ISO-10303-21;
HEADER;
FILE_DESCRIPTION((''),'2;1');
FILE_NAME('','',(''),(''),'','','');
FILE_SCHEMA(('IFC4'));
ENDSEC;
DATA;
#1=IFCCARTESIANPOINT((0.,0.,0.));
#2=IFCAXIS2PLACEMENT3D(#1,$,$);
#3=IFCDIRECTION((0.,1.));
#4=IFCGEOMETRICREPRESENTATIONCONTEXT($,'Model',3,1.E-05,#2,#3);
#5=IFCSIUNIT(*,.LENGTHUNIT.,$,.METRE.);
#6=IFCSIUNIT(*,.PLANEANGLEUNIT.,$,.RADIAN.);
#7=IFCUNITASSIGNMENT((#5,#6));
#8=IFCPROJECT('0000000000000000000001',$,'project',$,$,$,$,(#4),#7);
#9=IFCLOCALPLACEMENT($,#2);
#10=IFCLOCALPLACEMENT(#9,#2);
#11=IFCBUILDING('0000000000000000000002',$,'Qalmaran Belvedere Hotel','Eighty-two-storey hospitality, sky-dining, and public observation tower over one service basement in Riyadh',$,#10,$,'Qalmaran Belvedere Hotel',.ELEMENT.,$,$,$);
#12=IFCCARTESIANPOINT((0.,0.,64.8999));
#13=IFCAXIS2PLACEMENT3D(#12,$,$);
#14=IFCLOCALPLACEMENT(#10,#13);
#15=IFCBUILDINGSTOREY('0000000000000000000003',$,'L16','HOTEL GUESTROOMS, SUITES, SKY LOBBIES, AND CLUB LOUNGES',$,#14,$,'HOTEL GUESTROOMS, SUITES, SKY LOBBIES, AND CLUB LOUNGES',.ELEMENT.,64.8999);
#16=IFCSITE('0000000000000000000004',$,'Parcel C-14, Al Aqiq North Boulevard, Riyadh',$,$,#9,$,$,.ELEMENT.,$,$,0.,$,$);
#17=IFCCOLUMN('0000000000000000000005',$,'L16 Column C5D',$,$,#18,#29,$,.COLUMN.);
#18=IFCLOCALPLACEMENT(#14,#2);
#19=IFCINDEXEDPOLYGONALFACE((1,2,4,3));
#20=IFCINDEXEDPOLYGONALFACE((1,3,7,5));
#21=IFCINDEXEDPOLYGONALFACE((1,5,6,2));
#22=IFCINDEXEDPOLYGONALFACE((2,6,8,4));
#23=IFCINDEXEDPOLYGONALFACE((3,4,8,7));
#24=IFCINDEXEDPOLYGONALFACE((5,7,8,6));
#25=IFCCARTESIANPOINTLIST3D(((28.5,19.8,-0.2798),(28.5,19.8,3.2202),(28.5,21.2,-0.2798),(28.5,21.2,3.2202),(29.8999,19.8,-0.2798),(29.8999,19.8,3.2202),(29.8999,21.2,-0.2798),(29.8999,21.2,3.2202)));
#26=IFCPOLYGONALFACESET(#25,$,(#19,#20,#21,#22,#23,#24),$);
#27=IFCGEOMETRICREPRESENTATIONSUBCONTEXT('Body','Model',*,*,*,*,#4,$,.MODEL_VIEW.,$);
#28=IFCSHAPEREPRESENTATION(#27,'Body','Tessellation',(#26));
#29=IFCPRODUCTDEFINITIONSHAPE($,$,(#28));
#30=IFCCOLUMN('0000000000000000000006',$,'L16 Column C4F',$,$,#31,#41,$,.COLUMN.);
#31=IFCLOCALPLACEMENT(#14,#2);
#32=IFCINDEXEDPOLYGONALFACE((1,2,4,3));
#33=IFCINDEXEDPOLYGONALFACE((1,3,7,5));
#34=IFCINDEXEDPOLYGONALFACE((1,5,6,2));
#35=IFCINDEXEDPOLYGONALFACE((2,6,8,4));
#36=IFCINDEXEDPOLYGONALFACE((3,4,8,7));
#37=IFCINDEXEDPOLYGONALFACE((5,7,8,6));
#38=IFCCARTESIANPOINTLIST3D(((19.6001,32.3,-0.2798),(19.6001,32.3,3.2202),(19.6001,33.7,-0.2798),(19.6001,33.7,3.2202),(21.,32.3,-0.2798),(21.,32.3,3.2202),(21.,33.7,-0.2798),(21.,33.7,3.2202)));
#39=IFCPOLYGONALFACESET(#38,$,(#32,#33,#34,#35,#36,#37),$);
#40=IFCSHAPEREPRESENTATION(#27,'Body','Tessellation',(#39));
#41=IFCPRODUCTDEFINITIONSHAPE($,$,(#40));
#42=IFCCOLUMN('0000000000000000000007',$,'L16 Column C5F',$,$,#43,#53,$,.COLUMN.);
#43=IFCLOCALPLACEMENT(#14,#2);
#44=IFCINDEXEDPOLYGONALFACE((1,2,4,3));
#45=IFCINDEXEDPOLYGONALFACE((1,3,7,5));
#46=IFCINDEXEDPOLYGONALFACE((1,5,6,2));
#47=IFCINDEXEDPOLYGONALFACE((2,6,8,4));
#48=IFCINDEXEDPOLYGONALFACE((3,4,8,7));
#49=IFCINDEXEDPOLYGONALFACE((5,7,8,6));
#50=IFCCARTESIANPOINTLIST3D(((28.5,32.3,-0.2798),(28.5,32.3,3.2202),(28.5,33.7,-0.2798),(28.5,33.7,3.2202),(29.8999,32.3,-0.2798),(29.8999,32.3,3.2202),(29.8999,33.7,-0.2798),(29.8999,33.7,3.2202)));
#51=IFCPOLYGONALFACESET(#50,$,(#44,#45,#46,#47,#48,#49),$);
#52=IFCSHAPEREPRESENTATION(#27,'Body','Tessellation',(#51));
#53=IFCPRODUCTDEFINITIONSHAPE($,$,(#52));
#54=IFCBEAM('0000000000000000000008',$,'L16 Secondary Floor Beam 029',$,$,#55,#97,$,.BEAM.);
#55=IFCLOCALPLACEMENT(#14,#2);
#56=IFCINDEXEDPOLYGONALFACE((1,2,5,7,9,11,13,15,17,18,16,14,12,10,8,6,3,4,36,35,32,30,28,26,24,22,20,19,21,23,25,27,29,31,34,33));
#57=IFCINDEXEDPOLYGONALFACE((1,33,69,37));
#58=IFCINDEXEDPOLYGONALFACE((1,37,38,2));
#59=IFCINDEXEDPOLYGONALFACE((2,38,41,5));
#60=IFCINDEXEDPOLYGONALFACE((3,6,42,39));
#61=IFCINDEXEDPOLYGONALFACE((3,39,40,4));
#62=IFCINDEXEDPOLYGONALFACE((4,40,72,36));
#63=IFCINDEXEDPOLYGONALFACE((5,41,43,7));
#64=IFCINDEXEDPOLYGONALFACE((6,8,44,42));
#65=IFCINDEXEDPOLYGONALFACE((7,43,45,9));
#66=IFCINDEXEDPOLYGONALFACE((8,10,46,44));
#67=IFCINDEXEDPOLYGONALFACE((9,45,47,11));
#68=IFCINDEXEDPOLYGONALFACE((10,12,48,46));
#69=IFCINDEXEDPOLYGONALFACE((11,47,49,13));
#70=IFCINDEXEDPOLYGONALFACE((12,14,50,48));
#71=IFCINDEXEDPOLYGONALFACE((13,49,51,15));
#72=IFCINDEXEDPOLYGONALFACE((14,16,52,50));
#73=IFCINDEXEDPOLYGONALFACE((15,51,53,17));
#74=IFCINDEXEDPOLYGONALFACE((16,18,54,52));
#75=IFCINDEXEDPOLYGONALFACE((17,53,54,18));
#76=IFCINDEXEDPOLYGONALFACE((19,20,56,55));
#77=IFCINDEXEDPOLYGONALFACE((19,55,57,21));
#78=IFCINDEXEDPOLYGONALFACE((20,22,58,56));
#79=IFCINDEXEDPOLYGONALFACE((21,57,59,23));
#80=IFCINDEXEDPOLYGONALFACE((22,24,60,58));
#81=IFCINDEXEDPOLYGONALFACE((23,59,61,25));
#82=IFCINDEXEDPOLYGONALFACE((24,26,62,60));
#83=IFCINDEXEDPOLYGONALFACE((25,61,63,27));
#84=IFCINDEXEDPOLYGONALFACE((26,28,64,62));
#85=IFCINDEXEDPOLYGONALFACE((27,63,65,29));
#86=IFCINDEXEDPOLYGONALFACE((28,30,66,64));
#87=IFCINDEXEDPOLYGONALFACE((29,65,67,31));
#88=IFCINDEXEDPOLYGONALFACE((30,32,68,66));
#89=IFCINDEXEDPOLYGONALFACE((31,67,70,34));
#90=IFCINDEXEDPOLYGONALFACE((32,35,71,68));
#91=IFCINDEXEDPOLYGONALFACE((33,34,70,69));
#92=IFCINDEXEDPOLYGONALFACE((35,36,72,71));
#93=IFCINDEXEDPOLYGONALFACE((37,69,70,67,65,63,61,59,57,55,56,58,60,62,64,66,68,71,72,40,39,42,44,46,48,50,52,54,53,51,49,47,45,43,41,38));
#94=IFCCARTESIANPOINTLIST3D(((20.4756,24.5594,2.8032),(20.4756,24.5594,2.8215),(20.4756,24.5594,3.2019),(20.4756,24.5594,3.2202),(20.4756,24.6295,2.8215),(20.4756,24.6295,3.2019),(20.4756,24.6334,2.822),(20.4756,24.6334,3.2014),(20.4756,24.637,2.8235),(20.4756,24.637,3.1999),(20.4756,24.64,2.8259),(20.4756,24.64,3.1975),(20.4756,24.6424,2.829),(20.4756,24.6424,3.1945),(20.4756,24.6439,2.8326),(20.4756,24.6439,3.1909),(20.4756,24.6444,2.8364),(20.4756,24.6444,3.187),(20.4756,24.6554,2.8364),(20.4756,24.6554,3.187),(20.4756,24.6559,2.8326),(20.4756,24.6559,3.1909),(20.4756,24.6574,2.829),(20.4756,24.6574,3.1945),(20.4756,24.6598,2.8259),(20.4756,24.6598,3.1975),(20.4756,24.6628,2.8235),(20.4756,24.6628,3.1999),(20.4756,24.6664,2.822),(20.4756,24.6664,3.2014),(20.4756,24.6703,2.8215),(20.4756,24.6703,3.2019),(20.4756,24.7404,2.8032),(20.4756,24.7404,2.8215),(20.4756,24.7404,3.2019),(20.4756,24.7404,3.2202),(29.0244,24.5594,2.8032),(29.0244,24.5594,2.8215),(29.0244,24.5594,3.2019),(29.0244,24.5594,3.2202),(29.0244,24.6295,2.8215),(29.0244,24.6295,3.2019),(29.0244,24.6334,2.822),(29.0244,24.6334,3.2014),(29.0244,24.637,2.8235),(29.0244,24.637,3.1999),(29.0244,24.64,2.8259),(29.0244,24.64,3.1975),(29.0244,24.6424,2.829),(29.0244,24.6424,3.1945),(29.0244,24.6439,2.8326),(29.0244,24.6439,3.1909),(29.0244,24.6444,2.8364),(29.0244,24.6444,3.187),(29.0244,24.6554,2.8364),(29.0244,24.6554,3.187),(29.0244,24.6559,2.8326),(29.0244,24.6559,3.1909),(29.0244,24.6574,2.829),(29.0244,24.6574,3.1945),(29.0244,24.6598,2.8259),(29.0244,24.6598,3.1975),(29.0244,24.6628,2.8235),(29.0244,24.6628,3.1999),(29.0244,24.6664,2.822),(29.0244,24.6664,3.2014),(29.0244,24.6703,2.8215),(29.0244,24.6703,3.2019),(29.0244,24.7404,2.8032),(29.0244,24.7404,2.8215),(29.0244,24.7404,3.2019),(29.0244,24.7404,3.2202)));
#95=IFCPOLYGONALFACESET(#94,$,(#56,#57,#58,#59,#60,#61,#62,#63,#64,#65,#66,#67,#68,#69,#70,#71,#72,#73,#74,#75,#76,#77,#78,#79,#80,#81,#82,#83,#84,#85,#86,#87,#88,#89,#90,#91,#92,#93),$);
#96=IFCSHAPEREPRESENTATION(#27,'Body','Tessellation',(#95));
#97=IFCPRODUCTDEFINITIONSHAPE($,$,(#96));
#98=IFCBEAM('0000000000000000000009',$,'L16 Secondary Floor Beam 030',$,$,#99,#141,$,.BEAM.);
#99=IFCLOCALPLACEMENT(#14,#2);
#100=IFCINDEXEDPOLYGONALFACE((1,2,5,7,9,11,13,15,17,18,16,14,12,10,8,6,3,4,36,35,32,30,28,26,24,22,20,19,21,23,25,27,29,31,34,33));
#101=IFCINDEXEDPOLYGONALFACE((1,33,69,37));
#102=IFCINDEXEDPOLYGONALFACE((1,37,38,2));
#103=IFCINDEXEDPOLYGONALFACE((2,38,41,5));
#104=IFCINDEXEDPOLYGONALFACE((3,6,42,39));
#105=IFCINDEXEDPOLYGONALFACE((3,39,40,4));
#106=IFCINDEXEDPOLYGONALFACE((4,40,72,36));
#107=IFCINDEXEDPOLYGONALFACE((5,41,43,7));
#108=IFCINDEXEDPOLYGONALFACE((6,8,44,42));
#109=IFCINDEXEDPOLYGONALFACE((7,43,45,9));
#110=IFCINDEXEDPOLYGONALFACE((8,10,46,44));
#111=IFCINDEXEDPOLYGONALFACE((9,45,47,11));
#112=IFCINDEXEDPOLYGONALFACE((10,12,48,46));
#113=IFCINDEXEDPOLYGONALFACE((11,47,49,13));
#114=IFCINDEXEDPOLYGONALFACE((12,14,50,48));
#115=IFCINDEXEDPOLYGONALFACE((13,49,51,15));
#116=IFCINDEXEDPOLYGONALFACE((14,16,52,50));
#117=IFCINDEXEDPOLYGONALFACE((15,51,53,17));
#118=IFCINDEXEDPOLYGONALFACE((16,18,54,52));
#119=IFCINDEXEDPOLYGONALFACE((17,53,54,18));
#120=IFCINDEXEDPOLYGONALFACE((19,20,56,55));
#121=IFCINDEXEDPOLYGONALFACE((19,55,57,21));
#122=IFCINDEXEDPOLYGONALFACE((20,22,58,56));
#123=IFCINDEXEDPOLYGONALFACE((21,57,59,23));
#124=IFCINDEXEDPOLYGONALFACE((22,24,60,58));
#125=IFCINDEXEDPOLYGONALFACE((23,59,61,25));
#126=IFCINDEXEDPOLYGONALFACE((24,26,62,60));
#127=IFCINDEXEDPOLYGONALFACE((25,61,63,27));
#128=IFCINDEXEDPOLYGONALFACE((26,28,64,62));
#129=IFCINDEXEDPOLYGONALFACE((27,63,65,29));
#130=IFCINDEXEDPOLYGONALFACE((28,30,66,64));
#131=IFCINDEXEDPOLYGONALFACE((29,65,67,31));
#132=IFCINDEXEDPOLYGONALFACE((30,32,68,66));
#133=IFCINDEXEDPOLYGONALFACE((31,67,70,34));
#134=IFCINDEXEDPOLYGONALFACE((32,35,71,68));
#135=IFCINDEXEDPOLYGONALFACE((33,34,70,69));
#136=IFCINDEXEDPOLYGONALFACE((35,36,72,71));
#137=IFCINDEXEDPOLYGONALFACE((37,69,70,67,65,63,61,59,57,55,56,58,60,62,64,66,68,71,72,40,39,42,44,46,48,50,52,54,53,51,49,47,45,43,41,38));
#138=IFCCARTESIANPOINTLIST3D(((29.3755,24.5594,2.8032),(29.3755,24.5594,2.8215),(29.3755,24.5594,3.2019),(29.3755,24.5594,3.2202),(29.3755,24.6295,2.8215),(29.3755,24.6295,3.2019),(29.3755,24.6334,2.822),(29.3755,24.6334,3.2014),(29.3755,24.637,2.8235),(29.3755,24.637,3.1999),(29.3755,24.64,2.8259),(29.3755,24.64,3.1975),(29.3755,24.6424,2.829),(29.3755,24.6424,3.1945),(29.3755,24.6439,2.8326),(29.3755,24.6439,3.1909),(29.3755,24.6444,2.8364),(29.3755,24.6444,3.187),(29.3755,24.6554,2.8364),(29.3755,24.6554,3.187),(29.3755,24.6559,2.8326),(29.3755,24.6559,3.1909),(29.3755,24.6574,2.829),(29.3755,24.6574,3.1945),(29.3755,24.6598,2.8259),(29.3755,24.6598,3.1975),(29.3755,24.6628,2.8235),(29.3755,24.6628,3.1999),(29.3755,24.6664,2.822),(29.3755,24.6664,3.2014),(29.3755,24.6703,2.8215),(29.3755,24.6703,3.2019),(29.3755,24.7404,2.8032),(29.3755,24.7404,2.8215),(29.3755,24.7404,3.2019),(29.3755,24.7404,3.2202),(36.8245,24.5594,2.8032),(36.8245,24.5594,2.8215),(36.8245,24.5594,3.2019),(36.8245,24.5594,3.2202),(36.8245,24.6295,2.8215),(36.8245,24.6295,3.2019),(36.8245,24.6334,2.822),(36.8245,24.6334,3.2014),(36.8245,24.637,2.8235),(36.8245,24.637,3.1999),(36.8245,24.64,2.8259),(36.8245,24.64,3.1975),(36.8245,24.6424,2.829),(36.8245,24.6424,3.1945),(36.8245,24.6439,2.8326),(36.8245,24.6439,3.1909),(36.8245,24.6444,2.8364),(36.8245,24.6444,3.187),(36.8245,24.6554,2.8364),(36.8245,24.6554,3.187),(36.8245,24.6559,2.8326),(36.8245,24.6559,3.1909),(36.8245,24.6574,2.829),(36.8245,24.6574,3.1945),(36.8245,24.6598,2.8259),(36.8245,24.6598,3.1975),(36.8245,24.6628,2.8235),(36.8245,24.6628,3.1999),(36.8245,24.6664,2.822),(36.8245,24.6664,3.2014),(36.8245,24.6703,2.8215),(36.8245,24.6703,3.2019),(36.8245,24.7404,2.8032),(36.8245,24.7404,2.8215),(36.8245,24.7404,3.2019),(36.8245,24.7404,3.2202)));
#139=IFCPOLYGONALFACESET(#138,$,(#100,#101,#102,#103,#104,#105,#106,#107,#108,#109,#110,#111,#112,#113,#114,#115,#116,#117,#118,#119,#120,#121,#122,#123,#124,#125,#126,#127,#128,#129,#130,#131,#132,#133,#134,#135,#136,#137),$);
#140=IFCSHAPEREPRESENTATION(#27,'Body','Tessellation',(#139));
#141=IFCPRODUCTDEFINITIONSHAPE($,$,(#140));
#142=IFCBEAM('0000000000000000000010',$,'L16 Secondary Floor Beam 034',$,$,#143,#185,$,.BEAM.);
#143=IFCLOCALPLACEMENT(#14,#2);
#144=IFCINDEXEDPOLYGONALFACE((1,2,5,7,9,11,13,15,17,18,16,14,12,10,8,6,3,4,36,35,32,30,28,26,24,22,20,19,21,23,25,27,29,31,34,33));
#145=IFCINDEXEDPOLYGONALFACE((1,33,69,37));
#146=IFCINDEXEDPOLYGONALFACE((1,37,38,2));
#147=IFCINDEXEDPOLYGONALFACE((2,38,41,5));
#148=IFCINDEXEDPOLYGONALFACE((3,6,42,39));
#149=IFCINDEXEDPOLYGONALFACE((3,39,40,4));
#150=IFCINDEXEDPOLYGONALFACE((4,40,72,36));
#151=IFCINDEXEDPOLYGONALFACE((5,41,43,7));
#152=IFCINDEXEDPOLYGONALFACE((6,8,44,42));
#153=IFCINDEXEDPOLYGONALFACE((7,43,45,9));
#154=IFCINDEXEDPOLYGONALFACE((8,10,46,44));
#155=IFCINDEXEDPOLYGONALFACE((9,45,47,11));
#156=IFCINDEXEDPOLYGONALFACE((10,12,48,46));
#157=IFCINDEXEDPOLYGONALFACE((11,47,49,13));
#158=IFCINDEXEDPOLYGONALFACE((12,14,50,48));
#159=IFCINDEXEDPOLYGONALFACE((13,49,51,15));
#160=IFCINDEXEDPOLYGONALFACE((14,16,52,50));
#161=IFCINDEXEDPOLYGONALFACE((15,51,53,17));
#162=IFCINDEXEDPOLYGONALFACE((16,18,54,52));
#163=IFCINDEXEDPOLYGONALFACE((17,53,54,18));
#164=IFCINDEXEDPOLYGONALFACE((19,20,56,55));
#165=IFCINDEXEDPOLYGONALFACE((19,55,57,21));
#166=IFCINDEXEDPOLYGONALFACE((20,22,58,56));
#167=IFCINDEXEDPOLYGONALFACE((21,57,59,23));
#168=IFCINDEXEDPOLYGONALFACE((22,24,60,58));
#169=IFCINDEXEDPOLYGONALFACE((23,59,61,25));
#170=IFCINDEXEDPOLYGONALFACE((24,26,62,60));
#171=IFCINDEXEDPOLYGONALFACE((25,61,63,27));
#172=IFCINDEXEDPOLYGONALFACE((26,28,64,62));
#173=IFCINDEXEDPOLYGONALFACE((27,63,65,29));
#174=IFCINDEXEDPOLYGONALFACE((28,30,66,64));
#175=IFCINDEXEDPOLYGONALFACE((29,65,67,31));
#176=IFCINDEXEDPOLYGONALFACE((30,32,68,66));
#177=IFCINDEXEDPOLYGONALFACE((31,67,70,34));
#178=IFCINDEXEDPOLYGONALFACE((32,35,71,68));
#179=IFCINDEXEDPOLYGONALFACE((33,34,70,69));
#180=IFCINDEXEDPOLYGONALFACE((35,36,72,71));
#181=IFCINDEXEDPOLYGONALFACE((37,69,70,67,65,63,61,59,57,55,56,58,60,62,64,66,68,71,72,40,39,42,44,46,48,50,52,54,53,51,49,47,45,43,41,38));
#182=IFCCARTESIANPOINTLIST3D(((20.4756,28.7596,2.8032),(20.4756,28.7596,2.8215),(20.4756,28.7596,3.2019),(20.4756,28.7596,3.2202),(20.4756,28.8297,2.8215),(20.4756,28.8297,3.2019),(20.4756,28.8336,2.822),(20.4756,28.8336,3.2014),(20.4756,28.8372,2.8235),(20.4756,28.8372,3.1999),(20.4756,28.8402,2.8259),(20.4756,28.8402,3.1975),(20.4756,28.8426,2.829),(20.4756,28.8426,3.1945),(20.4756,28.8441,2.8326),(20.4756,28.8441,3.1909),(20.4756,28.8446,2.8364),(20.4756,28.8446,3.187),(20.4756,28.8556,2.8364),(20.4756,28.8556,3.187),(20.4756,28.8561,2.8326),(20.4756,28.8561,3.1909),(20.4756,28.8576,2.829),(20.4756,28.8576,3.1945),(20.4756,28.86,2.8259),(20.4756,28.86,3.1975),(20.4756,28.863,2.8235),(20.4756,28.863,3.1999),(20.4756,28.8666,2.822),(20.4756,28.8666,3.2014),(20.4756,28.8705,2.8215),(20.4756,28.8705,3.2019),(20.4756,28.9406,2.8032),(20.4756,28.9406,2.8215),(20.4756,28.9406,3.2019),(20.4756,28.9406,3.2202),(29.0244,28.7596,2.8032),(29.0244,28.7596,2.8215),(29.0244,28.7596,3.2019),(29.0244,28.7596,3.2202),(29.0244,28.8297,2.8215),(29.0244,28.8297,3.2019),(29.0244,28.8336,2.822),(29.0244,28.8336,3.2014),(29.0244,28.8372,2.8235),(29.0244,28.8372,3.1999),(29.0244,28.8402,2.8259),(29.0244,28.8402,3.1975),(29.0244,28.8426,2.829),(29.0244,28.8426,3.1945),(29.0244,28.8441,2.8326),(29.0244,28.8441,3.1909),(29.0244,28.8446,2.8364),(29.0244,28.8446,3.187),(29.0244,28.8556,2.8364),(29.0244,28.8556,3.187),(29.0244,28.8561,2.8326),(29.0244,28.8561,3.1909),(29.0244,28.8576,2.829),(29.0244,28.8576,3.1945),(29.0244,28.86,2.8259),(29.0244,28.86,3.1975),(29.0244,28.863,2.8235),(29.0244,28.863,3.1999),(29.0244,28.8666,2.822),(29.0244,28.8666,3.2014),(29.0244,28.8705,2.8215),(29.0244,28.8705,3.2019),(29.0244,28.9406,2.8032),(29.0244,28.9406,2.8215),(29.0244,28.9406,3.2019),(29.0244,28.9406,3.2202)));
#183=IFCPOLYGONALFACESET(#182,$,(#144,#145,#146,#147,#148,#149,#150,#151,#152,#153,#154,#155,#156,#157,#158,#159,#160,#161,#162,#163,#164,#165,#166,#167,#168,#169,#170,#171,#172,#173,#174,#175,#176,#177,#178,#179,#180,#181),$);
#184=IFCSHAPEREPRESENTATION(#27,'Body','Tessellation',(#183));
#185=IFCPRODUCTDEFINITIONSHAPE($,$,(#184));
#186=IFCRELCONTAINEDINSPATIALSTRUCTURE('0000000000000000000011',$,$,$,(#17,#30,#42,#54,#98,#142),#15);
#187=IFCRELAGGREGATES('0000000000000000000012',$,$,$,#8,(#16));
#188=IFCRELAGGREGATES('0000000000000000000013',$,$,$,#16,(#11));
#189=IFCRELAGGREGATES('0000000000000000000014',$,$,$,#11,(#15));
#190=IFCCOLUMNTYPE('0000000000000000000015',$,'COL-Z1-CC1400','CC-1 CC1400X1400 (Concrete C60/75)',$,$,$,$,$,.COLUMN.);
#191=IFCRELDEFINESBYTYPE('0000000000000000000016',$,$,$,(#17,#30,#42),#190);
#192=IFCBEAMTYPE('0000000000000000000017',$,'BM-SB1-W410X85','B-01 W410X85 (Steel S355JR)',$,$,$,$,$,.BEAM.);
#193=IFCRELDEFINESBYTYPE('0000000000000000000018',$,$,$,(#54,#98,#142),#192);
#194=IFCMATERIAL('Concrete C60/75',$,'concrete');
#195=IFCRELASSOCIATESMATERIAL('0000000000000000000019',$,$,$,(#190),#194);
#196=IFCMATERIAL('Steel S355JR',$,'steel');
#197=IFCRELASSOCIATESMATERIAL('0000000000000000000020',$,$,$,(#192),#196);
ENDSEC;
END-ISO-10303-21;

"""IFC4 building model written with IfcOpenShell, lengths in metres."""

from ifc_helpers import new_model, si_unit, direction, frame, origin, origin_2d, place, context, subcontext, project, spatial, rectangle, i_section, extrude, material, material_profile, profile_set, type_object, element, save


model = new_model("IFC4")

# Units and contexts
model_context = context("Model", 3, precision=1e-05, world=origin(), true_north=direction((0.0, 1.0)))
body_context = subcontext(model_context, "Body", "Model", "MODEL_VIEW")
ifc_project = project(units=[si_unit("LENGTHUNIT", "METRE"), si_unit("PLANEANGLEUNIT", "RADIAN")], contexts=[model_context])

# Site, building, storey
site_placement = place(None, origin())
site = spatial("IfcSite", under=ifc_project, at=site_placement, Name="Parcel C-14, Al Aqiq North Boulevard, Riyadh", CompositionType="ELEMENT", RefElevation=0.0)
building_placement = place(site_placement, origin())
building = spatial("IfcBuilding", under=site, at=building_placement, Name="Qalmaran Belvedere Hotel", Description="Eighty-two-storey hospitality, sky-dining, and public observation tower over one service basement in Riyadh", LongName="Qalmaran Belvedere Hotel", CompositionType="ELEMENT")
storey_placement = place(building_placement, frame((0.0, 0.0, 64.8999)))
storey = spatial("IfcBuildingStorey", under=building, at=storey_placement, Name="L16", Description="HOTEL GUESTROOMS, SUITES, SKY LOBBIES, AND CLUB LOUNGES", LongName="HOTEL GUESTROOMS, SUITES, SKY LOBBIES, AND CLUB LOUNGES", CompositionType="ELEMENT", Elevation=64.8999)

# Columns
ifc_material_1 = material(Name="Concrete C60/75", Category="concrete")
ifc_material_profile_1 = material_profile(ifc_material_1, rectangle(XDim=1.3999, YDim=1.3999, at=origin_2d()), Name="CC1400X1400")
ifc_profile_set_1 = profile_set([ifc_material_profile_1], Name="Concrete C60/75")
column_type = type_object("IfcColumnType", Name="COL-Z1-CC1400", Description="CC-1 CC1400X1400 (Concrete C60/75)", PredefinedType="COLUMN", material=ifc_profile_set_1)
for number, where, z_axis, x_axis, name in (
    (1, (29.2, 20.5, -0.2798), (0.0, 0.0, 1.0), (1.0, 0.0, 0.0), "L16 Column C5D"),
    (2, (20.3, 33.0, -0.2798), (0.0, 0.0, 1.0), (1.0, 0.0, 0.0), "L16 Column C4F"),
    (3, (29.2, 33.0, -0.2798), (0.0, 0.0, 1.0), (1.0, 0.0, 0.0), "L16 Column C5F"),
):
    element("IfcColumn", number, at=place(storey_placement, frame(where, z_axis=z_axis, x_axis=x_axis)), inside=storey, type_object=column_type, Name=name, PredefinedType="COLUMN", context=body_context, shape_type="SweptSolid", body=[
        extrude(rectangle(XDim=1.3999, YDim=1.3999, at=origin_2d()), origin(), (0.0, 0.0, 1.0), 3.5),
    ])

# Beams
ifc_material_2 = material(Name="Steel S355JR", Category="steel")
ifc_material_profile_2 = material_profile(ifc_material_2, i_section(OverallWidth=0.1809, OverallDepth=0.417, WebThickness=0.011, FlangeThickness=0.0183, FilletRadius=0.0149, at=origin_2d()), Name="W410X85")
ifc_profile_set_2 = profile_set([ifc_material_profile_2], Name="Steel S355JR")
beam_type_1 = type_object("IfcBeamType", Name="BM-SB1-W410X85", Description="B-01 W410X85 (Steel S355JR)", PredefinedType="BEAM", material=ifc_profile_set_2)
beam_1_placement = place(storey_placement, frame((20.4756, 24.6499, 3.0117), z_axis=(1.0, 0.0, 0.0), x_axis=(0.0, 1.0, 0.0)))
element("IfcBeam", 4, at=beam_1_placement, inside=storey, type_object=beam_type_1, Name="L16 Secondary Floor Beam 029", PredefinedType="BEAM", context=body_context, shape_type="SweptSolid", body=[
    extrude(i_section(OverallWidth=0.1809, OverallDepth=0.417, WebThickness=0.011, FlangeThickness=0.0183, FilletRadius=0.0149, at=origin_2d()), origin(), (0.0, 0.0, 1.0), 8.5488),
])
beam_2_placement = place(storey_placement, frame((29.3755, 24.6499, 3.0117), z_axis=(1.0, 0.0, 0.0), x_axis=(0.0, 1.0, 0.0)))
element("IfcBeam", 5, at=beam_2_placement, inside=storey, type_object=beam_type_1, Name="L16 Secondary Floor Beam 030", PredefinedType="BEAM", context=body_context, shape_type="SweptSolid", body=[
    extrude(i_section(OverallWidth=0.1809, OverallDepth=0.417, WebThickness=0.011, FlangeThickness=0.0183, FilletRadius=0.0149, at=origin_2d()), origin(), (0.0, 0.0, 1.0), 7.449),
])
beam_3_placement = place(storey_placement, frame((20.4756, 28.8501, 3.0117), z_axis=(1.0, 0.0, 0.0), x_axis=(0.0, 1.0, 0.0)))
element("IfcBeam", 6, at=beam_3_placement, inside=storey, type_object=beam_type_1, Name="L16 Secondary Floor Beam 034", PredefinedType="BEAM", context=body_context, shape_type="SweptSolid", body=[
    extrude(i_section(OverallWidth=0.1809, OverallDepth=0.417, WebThickness=0.011, FlangeThickness=0.0183, FilletRadius=0.0149, at=origin_2d()), origin(), (0.0, 0.0, 1.0), 8.5488),
])

save(model, "model.ifc")
